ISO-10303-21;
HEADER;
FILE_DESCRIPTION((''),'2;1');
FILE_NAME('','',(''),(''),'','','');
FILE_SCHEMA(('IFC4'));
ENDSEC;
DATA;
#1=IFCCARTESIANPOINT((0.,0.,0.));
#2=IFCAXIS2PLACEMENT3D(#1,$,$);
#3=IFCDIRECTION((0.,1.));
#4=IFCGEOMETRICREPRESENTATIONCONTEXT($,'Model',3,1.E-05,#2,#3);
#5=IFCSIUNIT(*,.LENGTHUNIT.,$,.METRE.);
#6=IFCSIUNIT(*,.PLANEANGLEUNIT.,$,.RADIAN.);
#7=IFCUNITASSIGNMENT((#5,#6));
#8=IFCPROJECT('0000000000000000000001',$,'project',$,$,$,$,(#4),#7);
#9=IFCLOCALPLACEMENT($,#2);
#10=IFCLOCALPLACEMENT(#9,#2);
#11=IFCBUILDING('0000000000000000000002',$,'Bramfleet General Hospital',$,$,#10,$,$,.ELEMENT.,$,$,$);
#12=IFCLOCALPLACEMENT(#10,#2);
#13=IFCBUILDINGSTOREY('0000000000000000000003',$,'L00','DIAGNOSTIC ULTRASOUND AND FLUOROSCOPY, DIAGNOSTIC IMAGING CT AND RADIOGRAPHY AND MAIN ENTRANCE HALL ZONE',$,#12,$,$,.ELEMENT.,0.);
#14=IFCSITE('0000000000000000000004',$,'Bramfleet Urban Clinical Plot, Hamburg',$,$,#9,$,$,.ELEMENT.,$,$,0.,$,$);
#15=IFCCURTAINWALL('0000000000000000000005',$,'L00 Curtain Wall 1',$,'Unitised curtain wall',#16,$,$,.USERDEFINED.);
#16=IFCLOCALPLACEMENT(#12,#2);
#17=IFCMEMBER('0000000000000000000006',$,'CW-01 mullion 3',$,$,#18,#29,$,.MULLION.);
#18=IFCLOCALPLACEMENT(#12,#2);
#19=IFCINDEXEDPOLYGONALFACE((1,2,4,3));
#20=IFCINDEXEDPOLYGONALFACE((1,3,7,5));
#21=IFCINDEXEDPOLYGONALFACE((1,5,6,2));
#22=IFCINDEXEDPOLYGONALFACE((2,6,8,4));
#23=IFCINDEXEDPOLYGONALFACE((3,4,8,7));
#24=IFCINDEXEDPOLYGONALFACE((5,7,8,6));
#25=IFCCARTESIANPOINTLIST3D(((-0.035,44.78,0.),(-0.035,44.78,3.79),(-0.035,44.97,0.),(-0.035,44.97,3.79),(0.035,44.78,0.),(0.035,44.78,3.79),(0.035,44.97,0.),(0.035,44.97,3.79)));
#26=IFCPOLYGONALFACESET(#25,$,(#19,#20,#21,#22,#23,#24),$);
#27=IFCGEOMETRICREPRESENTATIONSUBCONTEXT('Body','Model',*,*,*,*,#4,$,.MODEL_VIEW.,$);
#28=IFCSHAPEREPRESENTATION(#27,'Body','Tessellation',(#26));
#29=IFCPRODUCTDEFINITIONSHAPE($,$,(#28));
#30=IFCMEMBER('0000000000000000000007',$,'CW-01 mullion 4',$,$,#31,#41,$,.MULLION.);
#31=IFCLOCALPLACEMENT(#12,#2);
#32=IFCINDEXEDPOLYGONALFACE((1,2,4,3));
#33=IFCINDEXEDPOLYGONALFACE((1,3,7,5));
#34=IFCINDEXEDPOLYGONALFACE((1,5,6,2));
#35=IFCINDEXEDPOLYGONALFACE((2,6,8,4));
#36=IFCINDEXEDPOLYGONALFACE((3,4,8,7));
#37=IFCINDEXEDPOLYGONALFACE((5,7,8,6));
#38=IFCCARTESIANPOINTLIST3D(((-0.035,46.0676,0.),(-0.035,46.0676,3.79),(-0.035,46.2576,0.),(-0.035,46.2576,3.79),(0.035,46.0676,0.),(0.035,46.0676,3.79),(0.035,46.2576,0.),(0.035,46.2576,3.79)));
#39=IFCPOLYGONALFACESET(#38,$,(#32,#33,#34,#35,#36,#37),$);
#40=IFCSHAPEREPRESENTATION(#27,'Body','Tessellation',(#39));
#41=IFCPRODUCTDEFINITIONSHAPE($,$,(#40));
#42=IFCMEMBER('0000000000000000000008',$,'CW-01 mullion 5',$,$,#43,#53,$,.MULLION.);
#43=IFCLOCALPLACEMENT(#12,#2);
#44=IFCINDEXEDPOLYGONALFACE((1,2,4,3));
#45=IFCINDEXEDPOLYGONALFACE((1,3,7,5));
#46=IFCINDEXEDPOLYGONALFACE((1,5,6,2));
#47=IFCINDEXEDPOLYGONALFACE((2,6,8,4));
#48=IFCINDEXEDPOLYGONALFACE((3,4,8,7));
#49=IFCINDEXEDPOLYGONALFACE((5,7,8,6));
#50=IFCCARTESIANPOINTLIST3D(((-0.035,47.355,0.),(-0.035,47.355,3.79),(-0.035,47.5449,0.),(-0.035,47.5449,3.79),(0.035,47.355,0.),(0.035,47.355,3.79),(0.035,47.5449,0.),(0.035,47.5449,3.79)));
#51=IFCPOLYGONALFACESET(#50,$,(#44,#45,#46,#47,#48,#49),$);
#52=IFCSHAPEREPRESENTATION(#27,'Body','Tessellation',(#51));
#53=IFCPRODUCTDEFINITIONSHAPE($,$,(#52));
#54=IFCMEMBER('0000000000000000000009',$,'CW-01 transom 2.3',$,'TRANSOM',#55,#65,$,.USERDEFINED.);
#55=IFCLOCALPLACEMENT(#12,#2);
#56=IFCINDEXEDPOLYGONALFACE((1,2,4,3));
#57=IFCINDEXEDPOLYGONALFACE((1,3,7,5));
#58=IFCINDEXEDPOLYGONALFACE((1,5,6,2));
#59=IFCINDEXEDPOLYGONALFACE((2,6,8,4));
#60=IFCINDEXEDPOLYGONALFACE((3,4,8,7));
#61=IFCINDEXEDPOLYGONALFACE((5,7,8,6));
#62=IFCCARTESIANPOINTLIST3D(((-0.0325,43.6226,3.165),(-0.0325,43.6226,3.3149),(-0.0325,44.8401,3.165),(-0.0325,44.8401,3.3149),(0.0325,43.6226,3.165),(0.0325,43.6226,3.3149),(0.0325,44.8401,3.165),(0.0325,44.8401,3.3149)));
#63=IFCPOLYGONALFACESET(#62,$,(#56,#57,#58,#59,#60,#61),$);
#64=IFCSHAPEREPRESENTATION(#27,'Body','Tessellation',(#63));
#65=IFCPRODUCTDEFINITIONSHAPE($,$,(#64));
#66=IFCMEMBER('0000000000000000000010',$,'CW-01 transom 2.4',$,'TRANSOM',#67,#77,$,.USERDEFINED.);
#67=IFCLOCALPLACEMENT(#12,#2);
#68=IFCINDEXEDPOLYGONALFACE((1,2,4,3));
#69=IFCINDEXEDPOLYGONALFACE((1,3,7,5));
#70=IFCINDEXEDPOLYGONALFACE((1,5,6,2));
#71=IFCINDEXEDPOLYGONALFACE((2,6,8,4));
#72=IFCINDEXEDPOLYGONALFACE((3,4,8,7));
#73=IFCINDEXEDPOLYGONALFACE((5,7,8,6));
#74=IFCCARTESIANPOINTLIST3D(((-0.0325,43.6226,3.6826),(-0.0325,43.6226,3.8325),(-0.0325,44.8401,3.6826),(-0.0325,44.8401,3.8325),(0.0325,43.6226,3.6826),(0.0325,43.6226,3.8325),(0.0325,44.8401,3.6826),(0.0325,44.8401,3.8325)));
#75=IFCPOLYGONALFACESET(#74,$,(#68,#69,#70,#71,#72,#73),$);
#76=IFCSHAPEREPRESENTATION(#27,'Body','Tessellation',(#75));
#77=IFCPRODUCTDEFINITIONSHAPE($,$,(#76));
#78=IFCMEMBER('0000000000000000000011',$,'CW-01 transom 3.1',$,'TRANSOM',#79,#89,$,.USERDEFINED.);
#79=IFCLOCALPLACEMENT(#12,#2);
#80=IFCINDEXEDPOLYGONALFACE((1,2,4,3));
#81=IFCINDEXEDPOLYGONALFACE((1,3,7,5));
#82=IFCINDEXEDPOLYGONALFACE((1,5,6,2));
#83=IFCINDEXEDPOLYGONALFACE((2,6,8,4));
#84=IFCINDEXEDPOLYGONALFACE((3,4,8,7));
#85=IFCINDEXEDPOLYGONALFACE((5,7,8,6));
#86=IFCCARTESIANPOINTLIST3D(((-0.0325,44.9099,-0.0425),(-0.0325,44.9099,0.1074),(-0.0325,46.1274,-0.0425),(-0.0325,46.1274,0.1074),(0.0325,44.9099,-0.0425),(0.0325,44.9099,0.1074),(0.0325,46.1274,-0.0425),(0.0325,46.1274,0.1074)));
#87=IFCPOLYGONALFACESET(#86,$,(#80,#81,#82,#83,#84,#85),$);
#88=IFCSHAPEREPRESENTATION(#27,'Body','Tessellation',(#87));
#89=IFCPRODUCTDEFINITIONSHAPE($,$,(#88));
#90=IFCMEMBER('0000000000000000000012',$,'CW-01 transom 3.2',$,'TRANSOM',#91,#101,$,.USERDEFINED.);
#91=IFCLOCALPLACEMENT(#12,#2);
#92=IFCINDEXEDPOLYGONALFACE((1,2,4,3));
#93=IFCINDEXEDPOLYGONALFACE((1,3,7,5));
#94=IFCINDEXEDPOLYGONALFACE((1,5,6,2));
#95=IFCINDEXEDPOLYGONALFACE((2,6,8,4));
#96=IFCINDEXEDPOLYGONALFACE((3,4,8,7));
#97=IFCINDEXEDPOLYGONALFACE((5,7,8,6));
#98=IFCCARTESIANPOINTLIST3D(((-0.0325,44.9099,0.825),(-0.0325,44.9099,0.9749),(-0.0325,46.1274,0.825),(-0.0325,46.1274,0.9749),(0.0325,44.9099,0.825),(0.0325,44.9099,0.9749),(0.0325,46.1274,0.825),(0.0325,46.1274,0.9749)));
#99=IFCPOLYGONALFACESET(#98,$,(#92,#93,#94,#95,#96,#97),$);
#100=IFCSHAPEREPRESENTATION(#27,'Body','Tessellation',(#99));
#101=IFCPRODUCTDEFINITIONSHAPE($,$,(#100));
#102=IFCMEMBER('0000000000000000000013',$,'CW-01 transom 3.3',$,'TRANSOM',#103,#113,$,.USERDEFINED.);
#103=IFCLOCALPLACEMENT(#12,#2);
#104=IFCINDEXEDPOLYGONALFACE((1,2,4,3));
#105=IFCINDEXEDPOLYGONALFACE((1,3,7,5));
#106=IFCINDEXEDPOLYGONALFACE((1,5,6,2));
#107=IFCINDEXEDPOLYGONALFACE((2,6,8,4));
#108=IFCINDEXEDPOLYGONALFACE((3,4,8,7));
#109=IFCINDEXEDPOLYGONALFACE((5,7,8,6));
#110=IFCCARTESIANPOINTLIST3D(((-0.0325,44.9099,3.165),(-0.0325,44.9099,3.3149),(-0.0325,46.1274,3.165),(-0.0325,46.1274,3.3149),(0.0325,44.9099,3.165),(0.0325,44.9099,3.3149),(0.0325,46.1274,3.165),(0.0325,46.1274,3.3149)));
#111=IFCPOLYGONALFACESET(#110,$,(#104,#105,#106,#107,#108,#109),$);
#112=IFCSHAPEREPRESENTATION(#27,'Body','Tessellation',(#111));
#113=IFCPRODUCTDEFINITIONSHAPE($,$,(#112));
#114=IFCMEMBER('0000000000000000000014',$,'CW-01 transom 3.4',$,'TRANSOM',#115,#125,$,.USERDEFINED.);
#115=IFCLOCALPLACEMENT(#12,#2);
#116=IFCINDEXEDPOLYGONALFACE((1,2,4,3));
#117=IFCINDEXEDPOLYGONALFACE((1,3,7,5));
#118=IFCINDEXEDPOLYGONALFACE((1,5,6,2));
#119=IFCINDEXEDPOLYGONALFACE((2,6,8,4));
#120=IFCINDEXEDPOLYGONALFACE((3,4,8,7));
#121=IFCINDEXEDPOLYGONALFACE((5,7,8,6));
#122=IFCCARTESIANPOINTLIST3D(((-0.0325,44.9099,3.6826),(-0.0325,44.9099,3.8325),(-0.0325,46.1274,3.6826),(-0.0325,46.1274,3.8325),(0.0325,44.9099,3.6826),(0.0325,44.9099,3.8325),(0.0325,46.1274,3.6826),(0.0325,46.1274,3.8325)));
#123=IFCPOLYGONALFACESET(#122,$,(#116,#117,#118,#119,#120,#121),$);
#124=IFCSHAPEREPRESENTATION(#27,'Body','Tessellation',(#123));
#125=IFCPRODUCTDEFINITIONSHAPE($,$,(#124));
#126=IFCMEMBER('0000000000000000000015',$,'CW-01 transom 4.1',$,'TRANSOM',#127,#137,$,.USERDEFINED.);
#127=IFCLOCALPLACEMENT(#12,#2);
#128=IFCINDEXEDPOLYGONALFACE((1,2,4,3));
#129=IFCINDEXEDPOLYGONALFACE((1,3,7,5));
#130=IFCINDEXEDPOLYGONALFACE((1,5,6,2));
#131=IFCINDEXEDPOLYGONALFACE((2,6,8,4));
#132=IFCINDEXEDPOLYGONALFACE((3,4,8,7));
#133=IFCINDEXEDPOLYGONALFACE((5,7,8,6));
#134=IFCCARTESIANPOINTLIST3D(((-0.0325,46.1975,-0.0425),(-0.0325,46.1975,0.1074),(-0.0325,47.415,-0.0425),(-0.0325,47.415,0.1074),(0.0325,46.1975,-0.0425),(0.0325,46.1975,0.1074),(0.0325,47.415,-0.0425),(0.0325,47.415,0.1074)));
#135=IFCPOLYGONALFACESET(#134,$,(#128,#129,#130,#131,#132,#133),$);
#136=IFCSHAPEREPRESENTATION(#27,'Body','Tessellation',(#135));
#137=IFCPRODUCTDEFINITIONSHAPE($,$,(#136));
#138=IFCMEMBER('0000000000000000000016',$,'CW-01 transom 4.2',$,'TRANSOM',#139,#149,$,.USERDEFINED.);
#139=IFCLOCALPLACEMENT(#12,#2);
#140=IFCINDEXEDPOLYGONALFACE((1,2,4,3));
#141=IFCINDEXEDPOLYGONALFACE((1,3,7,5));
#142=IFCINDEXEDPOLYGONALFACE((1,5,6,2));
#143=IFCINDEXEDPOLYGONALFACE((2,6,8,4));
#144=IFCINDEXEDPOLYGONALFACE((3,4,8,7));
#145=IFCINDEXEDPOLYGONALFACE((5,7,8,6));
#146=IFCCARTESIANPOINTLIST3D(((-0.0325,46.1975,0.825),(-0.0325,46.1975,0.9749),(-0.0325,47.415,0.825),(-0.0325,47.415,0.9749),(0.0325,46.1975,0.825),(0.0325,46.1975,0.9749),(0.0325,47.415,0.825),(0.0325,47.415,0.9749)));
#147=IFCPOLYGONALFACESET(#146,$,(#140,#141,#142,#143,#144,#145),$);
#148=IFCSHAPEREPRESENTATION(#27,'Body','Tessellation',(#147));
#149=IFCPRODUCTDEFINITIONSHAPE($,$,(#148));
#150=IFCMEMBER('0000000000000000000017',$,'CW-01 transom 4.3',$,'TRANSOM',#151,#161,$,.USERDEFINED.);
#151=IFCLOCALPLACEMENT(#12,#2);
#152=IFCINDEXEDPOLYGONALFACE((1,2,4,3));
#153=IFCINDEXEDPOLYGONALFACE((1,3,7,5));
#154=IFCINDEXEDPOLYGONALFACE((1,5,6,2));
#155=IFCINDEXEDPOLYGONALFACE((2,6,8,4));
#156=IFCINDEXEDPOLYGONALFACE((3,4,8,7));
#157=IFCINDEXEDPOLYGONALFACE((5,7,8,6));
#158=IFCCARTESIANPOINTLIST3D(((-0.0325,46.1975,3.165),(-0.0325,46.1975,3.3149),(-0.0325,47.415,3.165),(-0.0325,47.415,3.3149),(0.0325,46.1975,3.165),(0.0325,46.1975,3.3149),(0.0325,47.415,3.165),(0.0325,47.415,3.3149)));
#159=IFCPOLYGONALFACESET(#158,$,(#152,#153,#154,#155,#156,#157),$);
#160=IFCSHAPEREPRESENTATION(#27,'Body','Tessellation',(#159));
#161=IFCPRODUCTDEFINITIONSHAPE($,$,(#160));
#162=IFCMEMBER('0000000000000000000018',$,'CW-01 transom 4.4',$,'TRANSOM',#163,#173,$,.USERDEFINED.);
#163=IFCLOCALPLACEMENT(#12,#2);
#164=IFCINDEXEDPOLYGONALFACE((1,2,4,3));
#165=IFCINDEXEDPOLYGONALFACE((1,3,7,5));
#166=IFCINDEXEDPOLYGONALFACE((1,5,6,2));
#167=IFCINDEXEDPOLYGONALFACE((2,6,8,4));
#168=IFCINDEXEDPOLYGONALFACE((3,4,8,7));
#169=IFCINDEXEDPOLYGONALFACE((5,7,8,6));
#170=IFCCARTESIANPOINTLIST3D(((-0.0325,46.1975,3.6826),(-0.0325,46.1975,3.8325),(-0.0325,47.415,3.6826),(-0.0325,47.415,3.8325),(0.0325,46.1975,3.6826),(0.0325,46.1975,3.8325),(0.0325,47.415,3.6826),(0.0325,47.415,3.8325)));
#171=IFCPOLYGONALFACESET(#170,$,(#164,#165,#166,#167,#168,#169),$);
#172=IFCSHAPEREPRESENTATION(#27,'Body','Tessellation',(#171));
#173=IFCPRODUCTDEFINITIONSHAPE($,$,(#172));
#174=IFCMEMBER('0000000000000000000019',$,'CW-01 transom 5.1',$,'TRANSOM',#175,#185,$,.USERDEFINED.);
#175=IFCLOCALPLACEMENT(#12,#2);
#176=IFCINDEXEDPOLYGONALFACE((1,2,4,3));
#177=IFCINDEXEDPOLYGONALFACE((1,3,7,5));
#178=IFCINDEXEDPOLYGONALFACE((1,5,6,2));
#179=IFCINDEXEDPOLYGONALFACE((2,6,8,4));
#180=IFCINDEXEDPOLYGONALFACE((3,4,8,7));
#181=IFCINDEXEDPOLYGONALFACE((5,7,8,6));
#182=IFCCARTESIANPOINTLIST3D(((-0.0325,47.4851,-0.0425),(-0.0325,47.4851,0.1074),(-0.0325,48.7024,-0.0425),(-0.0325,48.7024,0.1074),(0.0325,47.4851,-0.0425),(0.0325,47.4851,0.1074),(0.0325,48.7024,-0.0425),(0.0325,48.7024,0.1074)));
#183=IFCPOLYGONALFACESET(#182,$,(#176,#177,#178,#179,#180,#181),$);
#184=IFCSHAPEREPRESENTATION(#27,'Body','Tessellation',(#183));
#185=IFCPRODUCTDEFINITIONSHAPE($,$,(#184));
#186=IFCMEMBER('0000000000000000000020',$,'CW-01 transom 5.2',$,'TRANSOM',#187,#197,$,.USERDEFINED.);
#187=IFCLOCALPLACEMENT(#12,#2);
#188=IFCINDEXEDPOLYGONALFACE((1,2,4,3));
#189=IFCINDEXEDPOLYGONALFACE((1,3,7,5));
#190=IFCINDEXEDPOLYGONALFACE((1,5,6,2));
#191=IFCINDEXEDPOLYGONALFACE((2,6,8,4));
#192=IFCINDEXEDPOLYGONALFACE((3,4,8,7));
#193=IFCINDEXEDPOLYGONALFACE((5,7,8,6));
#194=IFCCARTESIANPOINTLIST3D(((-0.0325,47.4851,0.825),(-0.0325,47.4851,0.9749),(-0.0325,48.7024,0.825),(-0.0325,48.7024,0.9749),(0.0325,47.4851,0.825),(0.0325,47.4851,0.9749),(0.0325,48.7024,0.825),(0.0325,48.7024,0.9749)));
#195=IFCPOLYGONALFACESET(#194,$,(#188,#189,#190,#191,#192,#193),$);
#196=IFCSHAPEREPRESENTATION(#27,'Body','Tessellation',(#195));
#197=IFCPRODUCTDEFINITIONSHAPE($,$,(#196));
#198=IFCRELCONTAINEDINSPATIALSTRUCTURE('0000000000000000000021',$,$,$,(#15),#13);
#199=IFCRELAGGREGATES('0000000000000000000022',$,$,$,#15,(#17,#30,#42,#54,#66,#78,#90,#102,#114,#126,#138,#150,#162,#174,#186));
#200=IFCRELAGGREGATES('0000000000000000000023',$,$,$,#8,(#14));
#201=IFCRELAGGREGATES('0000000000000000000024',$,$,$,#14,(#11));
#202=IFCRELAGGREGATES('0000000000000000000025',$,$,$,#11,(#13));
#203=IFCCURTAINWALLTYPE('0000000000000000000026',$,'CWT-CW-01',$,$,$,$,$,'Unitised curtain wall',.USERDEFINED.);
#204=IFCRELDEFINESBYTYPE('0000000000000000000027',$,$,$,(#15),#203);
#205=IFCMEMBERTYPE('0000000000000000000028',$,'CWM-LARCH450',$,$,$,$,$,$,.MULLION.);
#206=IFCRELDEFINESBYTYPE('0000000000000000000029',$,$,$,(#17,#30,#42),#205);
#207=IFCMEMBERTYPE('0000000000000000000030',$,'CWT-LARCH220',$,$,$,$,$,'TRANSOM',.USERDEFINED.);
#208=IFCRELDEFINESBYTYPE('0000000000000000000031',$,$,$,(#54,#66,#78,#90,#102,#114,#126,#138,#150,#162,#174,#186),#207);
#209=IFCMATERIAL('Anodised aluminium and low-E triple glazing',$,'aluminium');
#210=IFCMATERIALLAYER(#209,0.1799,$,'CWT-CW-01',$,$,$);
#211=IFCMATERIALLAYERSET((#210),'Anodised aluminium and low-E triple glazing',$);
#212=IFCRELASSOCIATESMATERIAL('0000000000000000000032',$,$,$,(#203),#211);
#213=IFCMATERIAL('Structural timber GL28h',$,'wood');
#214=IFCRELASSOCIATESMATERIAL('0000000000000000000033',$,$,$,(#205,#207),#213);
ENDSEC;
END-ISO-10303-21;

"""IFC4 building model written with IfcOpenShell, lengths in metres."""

from ifc_helpers import new_model, si_unit, direction, frame, origin, origin_2d, place, context, subcontext, project, spatial, rectangle, extrude, material, layer, layer_set, material_profile, profile_set, type_object, element, aggregate, save


model = new_model("IFC4")

# Units and contexts
model_context = context("Model", 3, precision=1e-05, world=origin(), true_north=direction((0.0, 1.0)))
body_context = subcontext(model_context, "Body", "Model", "MODEL_VIEW")
ifc_project = project(units=[si_unit("LENGTHUNIT", "METRE"), si_unit("PLANEANGLEUNIT", "RADIAN")], contexts=[model_context])

# Site, building, storey
site_placement = place(None, origin())
site = spatial("IfcSite", under=ifc_project, at=site_placement, Name="Bramfleet Urban Clinical Plot, Hamburg", CompositionType="ELEMENT", RefElevation=0.0)
building_placement = place(site_placement, origin())
building = spatial("IfcBuilding", under=site, at=building_placement, Name="Bramfleet General Hospital", CompositionType="ELEMENT")
storey_placement = place(building_placement, origin())
storey = spatial("IfcBuildingStorey", under=building, at=storey_placement, Name="L00", Description="DIAGNOSTIC ULTRASOUND AND FLUOROSCOPY, DIAGNOSTIC IMAGING CT AND RADIOGRAPHY AND MAIN ENTRANCE HALL ZONE", CompositionType="ELEMENT", Elevation=0.0)

# Curtain wall, members
ifc_material_1 = material(Name="Anodised aluminium and low-E triple glazing", Category="aluminium")
ifc_layer_1 = layer(ifc_material_1, 0.1799, Name="CWT-CW-01")
ifc_layer_set_1 = layer_set([ifc_layer_1], Name="Anodised aluminium and low-E triple glazing")
curtain_wall_type = type_object("IfcCurtainWallType", Name="CWT-CW-01", ElementType="Unitised curtain wall", PredefinedType="USERDEFINED", material=ifc_layer_set_1)
curtain_wall_placement = place(storey_placement, origin())
curtain_wall = element("IfcCurtainWall", 1, at=curtain_wall_placement, inside=storey, type_object=curtain_wall_type, Name="L00 Curtain Wall 1", ObjectType="Unitised curtain wall", PredefinedType="USERDEFINED")
ifc_material_2 = material(Name="Structural timber GL28h", Category="wood")
ifc_material_profile_1 = material_profile(ifc_material_2, rectangle(XDim=0.0701, YDim=0.1899, at=origin_2d()), Name="LARCH 190x70")
ifc_profile_set_1 = profile_set([ifc_material_profile_1], Name="Structural timber GL28h")
member_type_1 = type_object("IfcMemberType", Name="CWM-LARCH450", PredefinedType="MULLION", material=ifc_profile_set_1)
member_1_placement = place(storey_placement, frame((0.0, 44.875, 0.0), z_axis=(0.0, 0.0, 1.0), x_axis=(-1.0, 0.0, 0.0)))
member_1 = element("IfcMember", 2, at=member_1_placement, type_object=member_type_1, Name="CW-01 mullion 3", PredefinedType="MULLION", context=body_context, shape_type="SweptSolid", body=[
    extrude(rectangle(XDim=0.0701, YDim=0.1899, at=origin_2d()), origin(), (0.0, 0.0, 1.0), 3.79),
])
member_2_placement = place(storey_placement, frame((0.0, 46.1626, 0.0), z_axis=(0.0, 0.0, 1.0), x_axis=(-1.0, 0.0, 0.0)))
member_2 = element("IfcMember", 3, at=member_2_placement, type_object=member_type_1, Name="CW-01 mullion 4", PredefinedType="MULLION", context=body_context, shape_type="SweptSolid", body=[
    extrude(rectangle(XDim=0.0701, YDim=0.1899, at=origin_2d()), origin(), (0.0, 0.0, 1.0), 3.79),
])
member_3_placement = place(storey_placement, frame((0.0, 47.45, 0.0), z_axis=(0.0, 0.0, 1.0), x_axis=(-1.0, 0.0, 0.0)))
member_3 = element("IfcMember", 4, at=member_3_placement, type_object=member_type_1, Name="CW-01 mullion 5", PredefinedType="MULLION", context=body_context, shape_type="SweptSolid", body=[
    extrude(rectangle(XDim=0.0701, YDim=0.1899, at=origin_2d()), origin(), (0.0, 0.0, 1.0), 3.79),
])
ifc_material_profile_2 = material_profile(ifc_material_2, rectangle(XDim=0.0649, YDim=0.1499, at=origin_2d()), Name="LARCH 150x65")
ifc_profile_set_2 = profile_set([ifc_material_profile_2], Name="Structural timber GL28h")
member_type_2 = type_object("IfcMemberType", Name="CWT-LARCH220", ElementType="TRANSOM", PredefinedType="USERDEFINED", material=ifc_profile_set_2)
member_4_placement = place(storey_placement, frame((0.0, 43.6226, 3.24), z_axis=(0.0, 1.0, 0.0), x_axis=(-1.0, 0.0, 0.0)))
member_4 = element("IfcMember", 5, at=member_4_placement, type_object=member_type_2, Name="CW-01 transom 2.3", ObjectType="TRANSOM", PredefinedType="USERDEFINED", context=body_context, shape_type="SweptSolid", body=[
    extrude(rectangle(XDim=0.0649, YDim=0.1499, at=origin_2d()), origin(), (0.0, 0.0, 1.0), 1.2175),
])
member_5_placement = place(storey_placement, frame((0.0, 43.6226, 3.7576), z_axis=(0.0, 1.0, 0.0), x_axis=(-1.0, 0.0, 0.0)))
member_5 = element("IfcMember", 6, at=member_5_placement, type_object=member_type_2, Name="CW-01 transom 2.4", ObjectType="TRANSOM", PredefinedType="USERDEFINED", context=body_context, shape_type="SweptSolid", body=[
    extrude(rectangle(XDim=0.0649, YDim=0.1499, at=origin_2d()), origin(), (0.0, 0.0, 1.0), 1.2175),
])
member_6_placement = place(storey_placement, frame((0.0, 44.9099, 0.0325), z_axis=(0.0, 1.0, 0.0), x_axis=(-1.0, 0.0, 0.0)))
member_6 = element("IfcMember", 7, at=member_6_placement, type_object=member_type_2, Name="CW-01 transom 3.1", ObjectType="TRANSOM", PredefinedType="USERDEFINED", context=body_context, shape_type="SweptSolid", body=[
    extrude(rectangle(XDim=0.0649, YDim=0.1499, at=origin_2d()), origin(), (0.0, 0.0, 1.0), 1.2175),
])
member_7_placement = place(storey_placement, frame((0.0, 44.9099, 0.8999), z_axis=(0.0, 1.0, 0.0), x_axis=(-1.0, 0.0, 0.0)))
member_7 = element("IfcMember", 8, at=member_7_placement, type_object=member_type_2, Name="CW-01 transom 3.2", ObjectType="TRANSOM", PredefinedType="USERDEFINED", context=body_context, shape_type="SweptSolid", body=[
    extrude(rectangle(XDim=0.0649, YDim=0.1499, at=origin_2d()), origin(), (0.0, 0.0, 1.0), 1.2175),
])
member_8_placement = place(storey_placement, frame((0.0, 44.9099, 3.24), z_axis=(0.0, 1.0, 0.0), x_axis=(-1.0, 0.0, 0.0)))
member_8 = element("IfcMember", 9, at=member_8_placement, type_object=member_type_2, Name="CW-01 transom 3.3", ObjectType="TRANSOM", PredefinedType="USERDEFINED", context=body_context, shape_type="SweptSolid", body=[
    extrude(rectangle(XDim=0.0649, YDim=0.1499, at=origin_2d()), origin(), (0.0, 0.0, 1.0), 1.2175),
])
member_9_placement = place(storey_placement, frame((0.0, 44.9099, 3.7576), z_axis=(0.0, 1.0, 0.0), x_axis=(-1.0, 0.0, 0.0)))
member_9 = element("IfcMember", 10, at=member_9_placement, type_object=member_type_2, Name="CW-01 transom 3.4", ObjectType="TRANSOM", PredefinedType="USERDEFINED", context=body_context, shape_type="SweptSolid", body=[
    extrude(rectangle(XDim=0.0649, YDim=0.1499, at=origin_2d()), origin(), (0.0, 0.0, 1.0), 1.2175),
])
member_10_placement = place(storey_placement, frame((0.0, 46.1975, 0.0325), z_axis=(0.0, 1.0, 0.0), x_axis=(-1.0, 0.0, 0.0)))
member_10 = element("IfcMember", 11, at=member_10_placement, type_object=member_type_2, Name="CW-01 transom 4.1", ObjectType="TRANSOM", PredefinedType="USERDEFINED", context=body_context, shape_type="SweptSolid", body=[
    extrude(rectangle(XDim=0.0649, YDim=0.1499, at=origin_2d()), origin(), (0.0, 0.0, 1.0), 1.2175),
])
member_11_placement = place(storey_placement, frame((0.0, 46.1975, 0.8999), z_axis=(0.0, 1.0, 0.0), x_axis=(-1.0, 0.0, 0.0)))
member_11 = element("IfcMember", 12, at=member_11_placement, type_object=member_type_2, Name="CW-01 transom 4.2", ObjectType="TRANSOM", PredefinedType="USERDEFINED", context=body_context, shape_type="SweptSolid", body=[
    extrude(rectangle(XDim=0.0649, YDim=0.1499, at=origin_2d()), origin(), (0.0, 0.0, 1.0), 1.2175),
])
member_12_placement = place(storey_placement, frame((0.0, 46.1975, 3.24), z_axis=(0.0, 1.0, 0.0), x_axis=(-1.0, 0.0, 0.0)))
member_12 = element("IfcMember", 13, at=member_12_placement, type_object=member_type_2, Name="CW-01 transom 4.3", ObjectType="TRANSOM", PredefinedType="USERDEFINED", context=body_context, shape_type="SweptSolid", body=[
    extrude(rectangle(XDim=0.0649, YDim=0.1499, at=origin_2d()), origin(), (0.0, 0.0, 1.0), 1.2175),
])
member_13_placement = place(storey_placement, frame((0.0, 46.1975, 3.7576), z_axis=(0.0, 1.0, 0.0), x_axis=(-1.0, 0.0, 0.0)))
member_13 = element("IfcMember", 14, at=member_13_placement, type_object=member_type_2, Name="CW-01 transom 4.4", ObjectType="TRANSOM", PredefinedType="USERDEFINED", context=body_context, shape_type="SweptSolid", body=[
    extrude(rectangle(XDim=0.0649, YDim=0.1499, at=origin_2d()), origin(), (0.0, 0.0, 1.0), 1.2175),
])
member_14_placement = place(storey_placement, frame((0.0, 47.4851, 0.0325), z_axis=(0.0, 1.0, 0.0), x_axis=(-1.0, 0.0, 0.0)))
member_14 = element("IfcMember", 15, at=member_14_placement, type_object=member_type_2, Name="CW-01 transom 5.1", ObjectType="TRANSOM", PredefinedType="USERDEFINED", context=body_context, shape_type="SweptSolid", body=[
    extrude(rectangle(XDim=0.0649, YDim=0.1499, at=origin_2d()), origin(), (0.0, 0.0, 1.0), 1.2173),
])
member_15_placement = place(storey_placement, frame((0.0, 47.4851, 0.8999), z_axis=(0.0, 1.0, 0.0), x_axis=(-1.0, 0.0, 0.0)))
member_15 = element("IfcMember", 16, at=member_15_placement, type_object=member_type_2, Name="CW-01 transom 5.2", ObjectType="TRANSOM", PredefinedType="USERDEFINED", context=body_context, shape_type="SweptSolid", body=[
    extrude(rectangle(XDim=0.0649, YDim=0.1499, at=origin_2d()), origin(), (0.0, 0.0, 1.0), 1.2173),
])
aggregate(curtain_wall, [member_1, member_2, member_3, member_4, member_5, member_6, member_7, member_8, member_9, member_10, member_11, member_12, member_13, member_14, member_15])

save(model, "model.ifc")
